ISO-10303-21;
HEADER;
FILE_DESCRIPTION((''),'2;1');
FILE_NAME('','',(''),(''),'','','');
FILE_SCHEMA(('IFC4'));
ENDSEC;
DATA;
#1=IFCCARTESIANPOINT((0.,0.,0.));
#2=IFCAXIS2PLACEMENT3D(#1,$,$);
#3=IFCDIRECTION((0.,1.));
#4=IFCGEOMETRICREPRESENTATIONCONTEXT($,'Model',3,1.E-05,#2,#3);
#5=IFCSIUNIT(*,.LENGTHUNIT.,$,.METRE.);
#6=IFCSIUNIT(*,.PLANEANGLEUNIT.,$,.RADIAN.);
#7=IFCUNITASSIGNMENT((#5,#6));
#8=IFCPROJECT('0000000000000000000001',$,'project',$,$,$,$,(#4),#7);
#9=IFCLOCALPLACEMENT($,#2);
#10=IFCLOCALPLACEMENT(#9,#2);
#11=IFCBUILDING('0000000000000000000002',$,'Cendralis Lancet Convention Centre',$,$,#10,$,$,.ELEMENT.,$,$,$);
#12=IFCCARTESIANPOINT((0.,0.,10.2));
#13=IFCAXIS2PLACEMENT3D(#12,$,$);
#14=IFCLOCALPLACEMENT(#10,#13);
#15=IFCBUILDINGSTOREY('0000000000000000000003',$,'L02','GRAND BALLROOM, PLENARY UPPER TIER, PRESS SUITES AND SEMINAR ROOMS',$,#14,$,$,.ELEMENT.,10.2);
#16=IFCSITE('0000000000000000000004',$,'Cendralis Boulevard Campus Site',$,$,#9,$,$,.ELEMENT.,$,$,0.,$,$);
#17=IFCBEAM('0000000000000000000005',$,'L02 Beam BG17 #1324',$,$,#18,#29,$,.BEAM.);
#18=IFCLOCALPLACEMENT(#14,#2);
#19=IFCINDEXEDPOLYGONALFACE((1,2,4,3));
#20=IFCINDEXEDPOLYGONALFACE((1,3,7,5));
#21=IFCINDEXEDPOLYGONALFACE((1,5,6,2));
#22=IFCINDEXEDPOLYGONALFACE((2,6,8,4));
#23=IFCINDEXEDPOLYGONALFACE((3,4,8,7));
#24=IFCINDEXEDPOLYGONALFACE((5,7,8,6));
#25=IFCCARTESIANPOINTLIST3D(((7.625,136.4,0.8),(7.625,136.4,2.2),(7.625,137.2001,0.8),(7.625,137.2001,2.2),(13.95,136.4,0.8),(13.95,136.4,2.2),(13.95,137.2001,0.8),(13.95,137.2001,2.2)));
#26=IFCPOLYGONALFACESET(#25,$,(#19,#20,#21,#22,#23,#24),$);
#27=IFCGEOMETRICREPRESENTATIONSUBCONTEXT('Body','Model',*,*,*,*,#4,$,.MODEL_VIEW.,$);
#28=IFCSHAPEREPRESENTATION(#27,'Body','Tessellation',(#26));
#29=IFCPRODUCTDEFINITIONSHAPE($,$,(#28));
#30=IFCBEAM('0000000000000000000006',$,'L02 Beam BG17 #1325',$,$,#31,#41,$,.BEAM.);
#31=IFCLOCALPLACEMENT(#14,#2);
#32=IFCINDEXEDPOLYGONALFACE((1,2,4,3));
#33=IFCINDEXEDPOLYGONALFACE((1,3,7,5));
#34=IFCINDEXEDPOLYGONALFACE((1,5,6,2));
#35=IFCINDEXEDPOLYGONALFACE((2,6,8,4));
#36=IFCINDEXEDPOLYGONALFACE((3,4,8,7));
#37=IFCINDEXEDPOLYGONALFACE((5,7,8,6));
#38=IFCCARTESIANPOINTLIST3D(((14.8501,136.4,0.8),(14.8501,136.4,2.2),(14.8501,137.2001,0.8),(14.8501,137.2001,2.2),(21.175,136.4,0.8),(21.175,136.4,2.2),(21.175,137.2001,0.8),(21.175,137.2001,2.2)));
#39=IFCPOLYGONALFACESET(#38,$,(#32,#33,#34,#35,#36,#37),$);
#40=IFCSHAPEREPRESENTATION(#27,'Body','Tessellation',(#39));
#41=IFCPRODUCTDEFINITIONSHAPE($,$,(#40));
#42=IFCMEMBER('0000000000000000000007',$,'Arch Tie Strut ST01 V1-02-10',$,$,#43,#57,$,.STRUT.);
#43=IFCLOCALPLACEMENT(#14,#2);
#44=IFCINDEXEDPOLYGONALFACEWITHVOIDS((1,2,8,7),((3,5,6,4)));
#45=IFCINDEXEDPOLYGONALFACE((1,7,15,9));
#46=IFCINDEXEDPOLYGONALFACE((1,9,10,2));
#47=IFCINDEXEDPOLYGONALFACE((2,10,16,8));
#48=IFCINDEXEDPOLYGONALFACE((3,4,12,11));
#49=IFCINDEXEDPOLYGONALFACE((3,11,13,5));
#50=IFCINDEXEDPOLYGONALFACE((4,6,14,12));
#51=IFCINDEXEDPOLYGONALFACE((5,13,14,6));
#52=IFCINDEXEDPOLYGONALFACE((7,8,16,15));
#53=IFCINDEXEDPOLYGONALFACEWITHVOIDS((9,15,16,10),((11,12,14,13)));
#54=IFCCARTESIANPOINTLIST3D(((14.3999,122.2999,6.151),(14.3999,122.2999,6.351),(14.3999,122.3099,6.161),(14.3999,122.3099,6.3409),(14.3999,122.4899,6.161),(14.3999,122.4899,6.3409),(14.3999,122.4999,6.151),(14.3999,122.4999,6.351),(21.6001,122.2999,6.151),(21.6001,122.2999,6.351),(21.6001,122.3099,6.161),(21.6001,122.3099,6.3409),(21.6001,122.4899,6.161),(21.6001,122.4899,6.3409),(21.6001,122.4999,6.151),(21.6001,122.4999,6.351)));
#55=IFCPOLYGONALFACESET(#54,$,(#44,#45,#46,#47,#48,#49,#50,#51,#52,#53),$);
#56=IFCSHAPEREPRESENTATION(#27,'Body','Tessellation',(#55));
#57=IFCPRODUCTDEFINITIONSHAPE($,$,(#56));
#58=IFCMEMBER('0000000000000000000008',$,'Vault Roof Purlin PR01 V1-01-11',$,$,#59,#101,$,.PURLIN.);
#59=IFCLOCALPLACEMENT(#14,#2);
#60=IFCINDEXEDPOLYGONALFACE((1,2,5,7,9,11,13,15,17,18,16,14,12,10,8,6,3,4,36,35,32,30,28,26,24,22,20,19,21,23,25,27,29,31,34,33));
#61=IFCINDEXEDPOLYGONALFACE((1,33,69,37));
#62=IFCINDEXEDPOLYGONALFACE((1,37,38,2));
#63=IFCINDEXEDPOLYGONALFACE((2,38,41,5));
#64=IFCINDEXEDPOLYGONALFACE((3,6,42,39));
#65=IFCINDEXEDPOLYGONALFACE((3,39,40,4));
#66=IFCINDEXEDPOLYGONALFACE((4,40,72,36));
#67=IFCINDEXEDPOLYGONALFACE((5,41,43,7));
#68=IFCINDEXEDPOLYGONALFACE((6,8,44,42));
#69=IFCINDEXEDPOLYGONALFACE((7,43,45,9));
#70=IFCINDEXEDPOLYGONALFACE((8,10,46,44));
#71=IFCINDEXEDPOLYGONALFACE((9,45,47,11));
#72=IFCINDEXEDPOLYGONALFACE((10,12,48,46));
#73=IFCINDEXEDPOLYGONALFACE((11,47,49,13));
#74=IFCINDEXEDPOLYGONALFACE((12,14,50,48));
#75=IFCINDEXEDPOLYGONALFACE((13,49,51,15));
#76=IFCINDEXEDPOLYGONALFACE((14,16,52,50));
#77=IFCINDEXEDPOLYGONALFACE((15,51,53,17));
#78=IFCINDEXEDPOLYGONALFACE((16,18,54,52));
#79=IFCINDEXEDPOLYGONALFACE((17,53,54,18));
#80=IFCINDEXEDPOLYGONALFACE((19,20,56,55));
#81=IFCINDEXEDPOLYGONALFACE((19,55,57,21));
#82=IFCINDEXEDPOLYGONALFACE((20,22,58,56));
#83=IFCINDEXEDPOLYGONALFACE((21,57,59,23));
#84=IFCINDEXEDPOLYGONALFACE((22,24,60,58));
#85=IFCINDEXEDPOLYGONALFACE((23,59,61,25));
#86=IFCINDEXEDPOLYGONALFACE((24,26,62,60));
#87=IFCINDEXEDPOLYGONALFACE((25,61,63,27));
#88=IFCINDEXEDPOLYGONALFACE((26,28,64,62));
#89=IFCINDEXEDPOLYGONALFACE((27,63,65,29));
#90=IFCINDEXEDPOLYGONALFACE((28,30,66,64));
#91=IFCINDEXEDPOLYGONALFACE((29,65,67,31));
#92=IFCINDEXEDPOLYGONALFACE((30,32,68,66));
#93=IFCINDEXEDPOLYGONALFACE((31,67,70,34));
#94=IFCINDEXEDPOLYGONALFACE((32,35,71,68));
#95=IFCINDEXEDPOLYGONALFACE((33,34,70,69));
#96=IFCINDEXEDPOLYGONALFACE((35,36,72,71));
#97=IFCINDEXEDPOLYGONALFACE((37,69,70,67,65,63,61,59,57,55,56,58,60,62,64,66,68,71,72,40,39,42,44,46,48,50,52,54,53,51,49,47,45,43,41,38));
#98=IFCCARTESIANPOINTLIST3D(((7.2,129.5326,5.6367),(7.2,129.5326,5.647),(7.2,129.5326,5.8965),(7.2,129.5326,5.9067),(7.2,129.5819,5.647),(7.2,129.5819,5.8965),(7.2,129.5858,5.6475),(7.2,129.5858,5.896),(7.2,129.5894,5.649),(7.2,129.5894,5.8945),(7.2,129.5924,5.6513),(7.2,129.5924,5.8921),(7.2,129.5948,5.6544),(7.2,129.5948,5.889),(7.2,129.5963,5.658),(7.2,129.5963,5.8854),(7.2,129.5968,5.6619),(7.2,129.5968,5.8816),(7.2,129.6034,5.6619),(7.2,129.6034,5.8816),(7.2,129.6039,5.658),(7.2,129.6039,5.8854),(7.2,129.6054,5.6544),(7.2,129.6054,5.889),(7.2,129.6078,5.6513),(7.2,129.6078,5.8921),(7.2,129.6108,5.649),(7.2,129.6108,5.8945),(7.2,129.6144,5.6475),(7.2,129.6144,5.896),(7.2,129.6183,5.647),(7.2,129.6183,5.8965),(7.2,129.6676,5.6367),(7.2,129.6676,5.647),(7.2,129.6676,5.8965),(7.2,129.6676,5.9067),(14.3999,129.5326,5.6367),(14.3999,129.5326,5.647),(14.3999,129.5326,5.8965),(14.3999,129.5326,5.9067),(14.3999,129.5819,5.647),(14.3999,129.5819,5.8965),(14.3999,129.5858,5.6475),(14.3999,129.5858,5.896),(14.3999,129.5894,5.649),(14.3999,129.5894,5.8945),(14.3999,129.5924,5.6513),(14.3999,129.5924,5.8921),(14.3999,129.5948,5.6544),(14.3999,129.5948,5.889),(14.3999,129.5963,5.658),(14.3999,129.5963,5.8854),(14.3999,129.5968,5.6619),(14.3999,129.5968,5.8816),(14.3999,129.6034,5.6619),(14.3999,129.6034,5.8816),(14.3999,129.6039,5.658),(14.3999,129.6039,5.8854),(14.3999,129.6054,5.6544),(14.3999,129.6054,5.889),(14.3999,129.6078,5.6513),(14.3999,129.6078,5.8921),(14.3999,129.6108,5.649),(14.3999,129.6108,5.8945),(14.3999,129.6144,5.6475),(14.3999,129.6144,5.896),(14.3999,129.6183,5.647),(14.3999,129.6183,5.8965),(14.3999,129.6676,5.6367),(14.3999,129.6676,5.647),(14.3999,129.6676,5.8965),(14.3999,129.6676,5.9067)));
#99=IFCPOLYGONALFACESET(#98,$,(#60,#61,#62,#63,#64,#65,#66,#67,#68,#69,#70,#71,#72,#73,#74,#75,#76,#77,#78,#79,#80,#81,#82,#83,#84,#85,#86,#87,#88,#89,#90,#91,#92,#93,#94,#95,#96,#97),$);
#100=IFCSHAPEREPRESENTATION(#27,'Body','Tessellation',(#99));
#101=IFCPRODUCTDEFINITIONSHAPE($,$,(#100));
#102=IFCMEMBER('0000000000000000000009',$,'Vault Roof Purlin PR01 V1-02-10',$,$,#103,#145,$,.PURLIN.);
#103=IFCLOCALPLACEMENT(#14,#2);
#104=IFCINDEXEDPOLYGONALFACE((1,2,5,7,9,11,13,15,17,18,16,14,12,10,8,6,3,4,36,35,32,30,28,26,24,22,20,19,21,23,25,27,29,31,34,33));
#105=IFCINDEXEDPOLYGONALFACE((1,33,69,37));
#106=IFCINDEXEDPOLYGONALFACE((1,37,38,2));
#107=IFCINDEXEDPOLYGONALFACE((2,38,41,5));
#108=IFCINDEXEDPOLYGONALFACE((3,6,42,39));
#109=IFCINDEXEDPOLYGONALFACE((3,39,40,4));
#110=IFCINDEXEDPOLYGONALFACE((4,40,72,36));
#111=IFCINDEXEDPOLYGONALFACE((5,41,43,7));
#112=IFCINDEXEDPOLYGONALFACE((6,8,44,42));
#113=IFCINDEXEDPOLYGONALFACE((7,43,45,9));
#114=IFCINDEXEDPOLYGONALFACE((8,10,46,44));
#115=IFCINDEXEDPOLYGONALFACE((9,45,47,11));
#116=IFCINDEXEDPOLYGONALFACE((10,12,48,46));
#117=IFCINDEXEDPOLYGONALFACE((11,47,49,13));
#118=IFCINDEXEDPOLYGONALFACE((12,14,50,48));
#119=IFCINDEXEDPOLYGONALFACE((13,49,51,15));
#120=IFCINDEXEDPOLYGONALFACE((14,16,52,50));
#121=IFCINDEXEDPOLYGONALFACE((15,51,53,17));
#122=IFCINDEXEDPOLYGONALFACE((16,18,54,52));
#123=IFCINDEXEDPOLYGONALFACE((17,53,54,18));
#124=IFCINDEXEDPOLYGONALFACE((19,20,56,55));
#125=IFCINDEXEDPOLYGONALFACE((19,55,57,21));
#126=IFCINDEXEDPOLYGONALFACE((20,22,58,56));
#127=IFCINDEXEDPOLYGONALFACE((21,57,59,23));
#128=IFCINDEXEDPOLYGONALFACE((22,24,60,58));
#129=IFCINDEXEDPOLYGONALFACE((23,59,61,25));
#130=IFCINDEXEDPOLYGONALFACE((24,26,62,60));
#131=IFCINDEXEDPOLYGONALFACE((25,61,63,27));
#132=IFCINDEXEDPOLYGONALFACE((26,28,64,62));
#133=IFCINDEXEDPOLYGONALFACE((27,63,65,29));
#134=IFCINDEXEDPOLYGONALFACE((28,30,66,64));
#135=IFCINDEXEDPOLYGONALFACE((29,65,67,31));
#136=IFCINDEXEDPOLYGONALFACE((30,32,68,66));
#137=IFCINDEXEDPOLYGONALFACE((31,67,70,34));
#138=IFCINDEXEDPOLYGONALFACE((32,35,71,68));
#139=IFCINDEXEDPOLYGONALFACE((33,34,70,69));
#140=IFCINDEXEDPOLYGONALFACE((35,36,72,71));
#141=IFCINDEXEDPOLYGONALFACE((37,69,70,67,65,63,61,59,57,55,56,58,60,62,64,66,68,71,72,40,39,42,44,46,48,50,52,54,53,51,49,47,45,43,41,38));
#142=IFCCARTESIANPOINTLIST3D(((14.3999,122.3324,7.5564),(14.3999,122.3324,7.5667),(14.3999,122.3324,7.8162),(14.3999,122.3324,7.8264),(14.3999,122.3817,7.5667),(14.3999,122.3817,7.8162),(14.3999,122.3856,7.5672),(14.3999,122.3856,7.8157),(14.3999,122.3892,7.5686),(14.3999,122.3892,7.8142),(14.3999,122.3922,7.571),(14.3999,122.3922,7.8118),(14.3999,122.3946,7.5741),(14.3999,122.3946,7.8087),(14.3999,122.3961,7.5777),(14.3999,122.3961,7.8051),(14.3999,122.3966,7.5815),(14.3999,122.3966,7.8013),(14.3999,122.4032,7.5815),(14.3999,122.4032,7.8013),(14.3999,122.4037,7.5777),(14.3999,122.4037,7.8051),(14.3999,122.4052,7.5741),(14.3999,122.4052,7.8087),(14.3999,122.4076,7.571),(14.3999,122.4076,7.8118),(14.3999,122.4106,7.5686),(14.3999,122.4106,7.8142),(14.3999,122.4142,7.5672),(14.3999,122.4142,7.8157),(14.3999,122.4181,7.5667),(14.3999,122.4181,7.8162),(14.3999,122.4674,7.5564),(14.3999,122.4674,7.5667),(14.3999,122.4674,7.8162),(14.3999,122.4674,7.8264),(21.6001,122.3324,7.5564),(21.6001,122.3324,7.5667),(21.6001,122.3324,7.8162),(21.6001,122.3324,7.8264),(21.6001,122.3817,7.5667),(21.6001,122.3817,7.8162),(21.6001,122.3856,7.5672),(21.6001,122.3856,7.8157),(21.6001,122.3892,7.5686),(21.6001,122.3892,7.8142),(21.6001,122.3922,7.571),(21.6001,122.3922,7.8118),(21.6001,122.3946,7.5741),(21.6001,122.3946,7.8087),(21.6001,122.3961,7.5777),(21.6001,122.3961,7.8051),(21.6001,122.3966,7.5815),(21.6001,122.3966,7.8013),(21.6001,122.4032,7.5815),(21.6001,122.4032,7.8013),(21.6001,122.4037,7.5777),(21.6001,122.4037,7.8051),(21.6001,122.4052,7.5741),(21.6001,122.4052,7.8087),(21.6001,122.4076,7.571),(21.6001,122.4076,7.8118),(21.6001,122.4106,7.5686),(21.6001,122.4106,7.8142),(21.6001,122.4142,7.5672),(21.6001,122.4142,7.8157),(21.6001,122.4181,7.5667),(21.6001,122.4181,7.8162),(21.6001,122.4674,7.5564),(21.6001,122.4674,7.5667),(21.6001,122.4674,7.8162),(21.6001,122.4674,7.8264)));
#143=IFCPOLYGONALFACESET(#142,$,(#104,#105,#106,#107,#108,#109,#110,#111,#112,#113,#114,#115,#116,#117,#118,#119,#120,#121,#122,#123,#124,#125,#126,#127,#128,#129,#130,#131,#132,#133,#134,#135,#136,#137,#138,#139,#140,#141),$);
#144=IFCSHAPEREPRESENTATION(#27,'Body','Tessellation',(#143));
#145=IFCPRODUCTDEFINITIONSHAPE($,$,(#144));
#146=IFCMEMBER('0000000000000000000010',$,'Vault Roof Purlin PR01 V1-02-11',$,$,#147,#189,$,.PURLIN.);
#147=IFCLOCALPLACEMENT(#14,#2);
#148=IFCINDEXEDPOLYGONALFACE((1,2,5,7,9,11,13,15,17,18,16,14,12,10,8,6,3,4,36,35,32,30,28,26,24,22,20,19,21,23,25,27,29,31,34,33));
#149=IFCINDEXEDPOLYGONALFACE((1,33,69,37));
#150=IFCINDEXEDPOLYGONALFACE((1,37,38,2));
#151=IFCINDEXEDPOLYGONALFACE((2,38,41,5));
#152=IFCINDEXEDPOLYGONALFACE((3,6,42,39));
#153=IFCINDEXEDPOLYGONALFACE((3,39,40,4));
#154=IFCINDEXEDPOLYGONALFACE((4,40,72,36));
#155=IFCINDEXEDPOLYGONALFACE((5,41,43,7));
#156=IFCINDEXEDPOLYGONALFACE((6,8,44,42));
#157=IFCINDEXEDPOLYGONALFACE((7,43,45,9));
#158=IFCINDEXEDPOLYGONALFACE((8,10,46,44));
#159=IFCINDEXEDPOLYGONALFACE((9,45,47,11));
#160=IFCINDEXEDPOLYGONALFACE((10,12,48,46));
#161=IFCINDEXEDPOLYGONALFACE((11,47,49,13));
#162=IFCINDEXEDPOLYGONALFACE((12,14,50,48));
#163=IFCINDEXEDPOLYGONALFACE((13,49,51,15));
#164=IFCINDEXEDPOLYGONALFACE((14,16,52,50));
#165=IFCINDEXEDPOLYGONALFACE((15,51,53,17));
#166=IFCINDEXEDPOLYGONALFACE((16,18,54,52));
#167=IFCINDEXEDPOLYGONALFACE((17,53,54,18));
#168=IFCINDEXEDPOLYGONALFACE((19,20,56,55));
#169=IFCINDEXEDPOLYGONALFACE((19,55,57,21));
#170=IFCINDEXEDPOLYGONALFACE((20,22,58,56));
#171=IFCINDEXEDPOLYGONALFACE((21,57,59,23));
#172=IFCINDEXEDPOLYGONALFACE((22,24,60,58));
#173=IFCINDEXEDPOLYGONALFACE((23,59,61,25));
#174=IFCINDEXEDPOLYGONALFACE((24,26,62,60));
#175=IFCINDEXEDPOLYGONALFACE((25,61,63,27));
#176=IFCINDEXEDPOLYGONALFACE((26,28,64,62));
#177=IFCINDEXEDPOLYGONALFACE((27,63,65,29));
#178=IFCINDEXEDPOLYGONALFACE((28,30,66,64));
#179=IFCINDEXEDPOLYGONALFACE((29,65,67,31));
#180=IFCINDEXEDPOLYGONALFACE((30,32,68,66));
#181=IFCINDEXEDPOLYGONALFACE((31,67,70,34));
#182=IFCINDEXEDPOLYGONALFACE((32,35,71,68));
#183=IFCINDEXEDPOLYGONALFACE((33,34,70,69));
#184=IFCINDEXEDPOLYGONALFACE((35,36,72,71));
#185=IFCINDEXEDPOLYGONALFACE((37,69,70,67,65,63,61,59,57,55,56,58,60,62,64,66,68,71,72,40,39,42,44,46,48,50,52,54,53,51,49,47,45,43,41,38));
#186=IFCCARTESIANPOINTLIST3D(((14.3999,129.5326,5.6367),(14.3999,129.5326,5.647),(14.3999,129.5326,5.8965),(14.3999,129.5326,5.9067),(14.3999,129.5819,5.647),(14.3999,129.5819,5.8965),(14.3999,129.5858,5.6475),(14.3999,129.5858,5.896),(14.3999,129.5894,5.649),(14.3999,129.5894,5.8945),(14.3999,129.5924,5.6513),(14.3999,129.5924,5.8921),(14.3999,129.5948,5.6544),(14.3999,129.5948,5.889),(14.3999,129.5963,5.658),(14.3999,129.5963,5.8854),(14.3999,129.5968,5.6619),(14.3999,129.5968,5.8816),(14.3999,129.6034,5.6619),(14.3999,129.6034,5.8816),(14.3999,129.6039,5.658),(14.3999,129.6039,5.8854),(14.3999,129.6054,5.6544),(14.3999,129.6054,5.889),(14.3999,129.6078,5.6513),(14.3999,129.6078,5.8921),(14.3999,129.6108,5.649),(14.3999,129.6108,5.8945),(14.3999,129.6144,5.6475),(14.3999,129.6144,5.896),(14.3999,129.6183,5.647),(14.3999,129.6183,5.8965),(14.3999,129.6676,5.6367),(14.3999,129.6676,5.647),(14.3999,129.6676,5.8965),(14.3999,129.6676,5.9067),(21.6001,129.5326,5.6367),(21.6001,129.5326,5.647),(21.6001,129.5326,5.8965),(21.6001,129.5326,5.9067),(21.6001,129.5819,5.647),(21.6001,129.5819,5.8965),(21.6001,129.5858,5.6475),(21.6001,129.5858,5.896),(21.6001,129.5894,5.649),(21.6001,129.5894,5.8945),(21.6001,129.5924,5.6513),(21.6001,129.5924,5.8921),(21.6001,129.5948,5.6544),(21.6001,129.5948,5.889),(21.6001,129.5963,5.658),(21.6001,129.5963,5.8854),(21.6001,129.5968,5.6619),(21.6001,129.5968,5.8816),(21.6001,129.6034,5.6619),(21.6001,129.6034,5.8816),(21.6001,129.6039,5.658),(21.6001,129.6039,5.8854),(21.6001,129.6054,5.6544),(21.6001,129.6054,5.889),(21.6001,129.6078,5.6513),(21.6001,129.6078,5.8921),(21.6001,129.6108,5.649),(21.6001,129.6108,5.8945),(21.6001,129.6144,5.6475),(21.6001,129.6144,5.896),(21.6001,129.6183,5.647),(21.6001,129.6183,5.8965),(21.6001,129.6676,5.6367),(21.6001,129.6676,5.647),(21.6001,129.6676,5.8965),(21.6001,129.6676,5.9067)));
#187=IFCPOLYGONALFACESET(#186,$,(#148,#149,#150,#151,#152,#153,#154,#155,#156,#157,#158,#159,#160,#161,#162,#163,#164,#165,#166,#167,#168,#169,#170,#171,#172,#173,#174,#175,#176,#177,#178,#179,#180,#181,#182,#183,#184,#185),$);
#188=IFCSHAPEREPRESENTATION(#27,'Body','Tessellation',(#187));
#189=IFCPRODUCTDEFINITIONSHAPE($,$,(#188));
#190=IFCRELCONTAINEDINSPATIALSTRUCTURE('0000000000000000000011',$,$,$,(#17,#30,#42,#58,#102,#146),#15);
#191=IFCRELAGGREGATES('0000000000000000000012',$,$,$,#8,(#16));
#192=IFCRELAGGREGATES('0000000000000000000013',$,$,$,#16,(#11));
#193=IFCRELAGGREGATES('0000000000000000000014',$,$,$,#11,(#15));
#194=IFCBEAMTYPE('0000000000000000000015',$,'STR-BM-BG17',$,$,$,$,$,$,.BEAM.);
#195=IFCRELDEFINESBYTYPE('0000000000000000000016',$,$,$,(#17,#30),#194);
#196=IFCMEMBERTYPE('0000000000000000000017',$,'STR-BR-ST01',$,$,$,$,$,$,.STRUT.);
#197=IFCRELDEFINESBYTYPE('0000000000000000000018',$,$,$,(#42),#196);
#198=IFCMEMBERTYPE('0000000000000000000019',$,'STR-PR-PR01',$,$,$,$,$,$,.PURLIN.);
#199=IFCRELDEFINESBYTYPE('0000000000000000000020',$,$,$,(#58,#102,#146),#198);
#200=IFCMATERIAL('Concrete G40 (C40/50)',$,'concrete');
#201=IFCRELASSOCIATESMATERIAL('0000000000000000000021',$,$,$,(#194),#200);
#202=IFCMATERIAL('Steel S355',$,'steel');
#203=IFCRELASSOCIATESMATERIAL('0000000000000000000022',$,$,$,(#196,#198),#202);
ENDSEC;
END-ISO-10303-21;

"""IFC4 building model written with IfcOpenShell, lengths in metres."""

from ifc_helpers import new_model, si_unit, direction, frame, origin, origin_2d, place, context, subcontext, project, spatial, rectangle, hollow_rectangle, i_section, extrude, material, material_profile, profile_set, type_object, element, save


model = new_model("IFC4")

# Units and contexts
model_context = context("Model", 3, precision=1e-05, world=origin(), true_north=direction((0.0, 1.0)))
body_context = subcontext(model_context, "Body", "Model", "MODEL_VIEW")
ifc_project = project(units=[si_unit("LENGTHUNIT", "METRE"), si_unit("PLANEANGLEUNIT", "RADIAN")], contexts=[model_context])

# Site, building, storey
site_placement = place(None, origin())
site = spatial("IfcSite", under=ifc_project, at=site_placement, Name="Cendralis Boulevard Campus Site", CompositionType="ELEMENT", RefElevation=0.0)
building_placement = place(site_placement, origin())
building = spatial("IfcBuilding", under=site, at=building_placement, Name="Cendralis Lancet Convention Centre", CompositionType="ELEMENT")
storey_placement = place(building_placement, frame((0.0, 0.0, 10.2)))
storey = spatial("IfcBuildingStorey", under=building, at=storey_placement, Name="L02", Description="GRAND BALLROOM, PLENARY UPPER TIER, PRESS SUITES AND SEMINAR ROOMS", CompositionType="ELEMENT", Elevation=10.2)

# Beams
ifc_material_1 = material(Name="Concrete G40 (C40/50)", Category="concrete")
ifc_material_profile_1 = material_profile(ifc_material_1, rectangle(XDim=0.8, YDim=1.3999, at=origin_2d()), Name="RCB 800x1400")
ifc_profile_set_1 = profile_set([ifc_material_profile_1], Name="Concrete G40 (C40/50)")
beam_type = type_object("IfcBeamType", Name="STR-BM-BG17", PredefinedType="BEAM", material=ifc_profile_set_1)
for number, where, z_axis, x_axis, name in (
    (1, (7.625, 136.8, 1.5), (1.0, 0.0, 0.0), (0.0, 1.0, 0.0), "L02 Beam BG17 #1324"),
    (2, (14.8501, 136.8, 1.5), (1.0, 0.0, 0.0), (0.0, 1.0, 0.0), "L02 Beam BG17 #1325"),
):
    element("IfcBeam", number, at=place(storey_placement, frame(where, z_axis=z_axis, x_axis=x_axis)), inside=storey, type_object=beam_type, Name=name, PredefinedType="BEAM", context=body_context, shape_type="SweptSolid", body=[
        extrude(rectangle(XDim=0.8, YDim=1.3999, at=origin_2d()), origin(), (0.0, 0.0, 1.0), 6.325),
    ])

# Members
ifc_material_2 = material(Name="Steel S355", Category="steel")
ifc_material_profile_2 = material_profile(ifc_material_2, hollow_rectangle(XDim=0.2, YDim=0.2, WallThickness=0.01, at=origin_2d()), Name="SHS 200x200x10.0")
ifc_profile_set_2 = profile_set([ifc_material_profile_2], Name="Steel S355")
member_type_1 = type_object("IfcMemberType", Name="STR-BR-ST01", PredefinedType="STRUT", material=ifc_profile_set_2)
member_1_placement = place(storey_placement, frame((14.3999, 122.3999, 6.251), z_axis=(1.0, 0.0, 0.0), x_axis=(0.0, 1.0, 0.0)))
element("IfcMember", 3, at=member_1_placement, inside=storey, type_object=member_type_1, Name="Arch Tie Strut ST01 V1-02-10", PredefinedType="STRUT", context=body_context, shape_type="SweptSolid", body=[
    extrude(hollow_rectangle(XDim=0.2, YDim=0.2, WallThickness=0.01, at=origin_2d()), origin(), (0.0, 0.0, 1.0), 7.2002),
])
ifc_material_profile_3 = material_profile(ifc_material_2, i_section(OverallWidth=0.135, OverallDepth=0.27, WebThickness=0.0066, FlangeThickness=0.0103, FilletRadius=0.0149, at=origin_2d()), Name="IPE 270")
ifc_profile_set_3 = profile_set([ifc_material_profile_3], Name="Steel S355")
member_type_2 = type_object("IfcMemberType", Name="STR-PR-PR01", PredefinedType="PURLIN", material=ifc_profile_set_3)
member_2_placement = place(storey_placement, frame((7.2, 129.6001, 5.7717), z_axis=(1.0, 0.0, 0.0), x_axis=(0.0, 1.0, 0.0)))
element("IfcMember", 4, at=member_2_placement, inside=storey, type_object=member_type_2, Name="Vault Roof Purlin PR01 V1-01-11", PredefinedType="PURLIN", context=body_context, shape_type="SweptSolid", body=[
    extrude(i_section(OverallWidth=0.135, OverallDepth=0.27, WebThickness=0.0066, FlangeThickness=0.0103, FilletRadius=0.0149, at=origin_2d()), origin(), (0.0, 0.0, 1.0), 7.2),
])
for number, where, z_axis, x_axis, name in (
    (5, (14.3999, 122.3999, 7.6914), (1.0, 0.0, 0.0), (0.0, 1.0, 0.0), "Vault Roof Purlin PR01 V1-02-10"),
    (6, (14.3999, 129.6001, 5.7717), (1.0, 0.0, 0.0), (0.0, 1.0, 0.0), "Vault Roof Purlin PR01 V1-02-11"),
):
    element("IfcMember", number, at=place(storey_placement, frame(where, z_axis=z_axis, x_axis=x_axis)), inside=storey, type_object=member_type_2, Name=name, PredefinedType="PURLIN", context=body_context, shape_type="SweptSolid", body=[
        extrude(i_section(OverallWidth=0.135, OverallDepth=0.27, WebThickness=0.0066, FlangeThickness=0.0103, FilletRadius=0.0149, at=origin_2d()), origin(), (0.0, 0.0, 1.0), 7.2002),
    ])

save(model, "model.ifc")
